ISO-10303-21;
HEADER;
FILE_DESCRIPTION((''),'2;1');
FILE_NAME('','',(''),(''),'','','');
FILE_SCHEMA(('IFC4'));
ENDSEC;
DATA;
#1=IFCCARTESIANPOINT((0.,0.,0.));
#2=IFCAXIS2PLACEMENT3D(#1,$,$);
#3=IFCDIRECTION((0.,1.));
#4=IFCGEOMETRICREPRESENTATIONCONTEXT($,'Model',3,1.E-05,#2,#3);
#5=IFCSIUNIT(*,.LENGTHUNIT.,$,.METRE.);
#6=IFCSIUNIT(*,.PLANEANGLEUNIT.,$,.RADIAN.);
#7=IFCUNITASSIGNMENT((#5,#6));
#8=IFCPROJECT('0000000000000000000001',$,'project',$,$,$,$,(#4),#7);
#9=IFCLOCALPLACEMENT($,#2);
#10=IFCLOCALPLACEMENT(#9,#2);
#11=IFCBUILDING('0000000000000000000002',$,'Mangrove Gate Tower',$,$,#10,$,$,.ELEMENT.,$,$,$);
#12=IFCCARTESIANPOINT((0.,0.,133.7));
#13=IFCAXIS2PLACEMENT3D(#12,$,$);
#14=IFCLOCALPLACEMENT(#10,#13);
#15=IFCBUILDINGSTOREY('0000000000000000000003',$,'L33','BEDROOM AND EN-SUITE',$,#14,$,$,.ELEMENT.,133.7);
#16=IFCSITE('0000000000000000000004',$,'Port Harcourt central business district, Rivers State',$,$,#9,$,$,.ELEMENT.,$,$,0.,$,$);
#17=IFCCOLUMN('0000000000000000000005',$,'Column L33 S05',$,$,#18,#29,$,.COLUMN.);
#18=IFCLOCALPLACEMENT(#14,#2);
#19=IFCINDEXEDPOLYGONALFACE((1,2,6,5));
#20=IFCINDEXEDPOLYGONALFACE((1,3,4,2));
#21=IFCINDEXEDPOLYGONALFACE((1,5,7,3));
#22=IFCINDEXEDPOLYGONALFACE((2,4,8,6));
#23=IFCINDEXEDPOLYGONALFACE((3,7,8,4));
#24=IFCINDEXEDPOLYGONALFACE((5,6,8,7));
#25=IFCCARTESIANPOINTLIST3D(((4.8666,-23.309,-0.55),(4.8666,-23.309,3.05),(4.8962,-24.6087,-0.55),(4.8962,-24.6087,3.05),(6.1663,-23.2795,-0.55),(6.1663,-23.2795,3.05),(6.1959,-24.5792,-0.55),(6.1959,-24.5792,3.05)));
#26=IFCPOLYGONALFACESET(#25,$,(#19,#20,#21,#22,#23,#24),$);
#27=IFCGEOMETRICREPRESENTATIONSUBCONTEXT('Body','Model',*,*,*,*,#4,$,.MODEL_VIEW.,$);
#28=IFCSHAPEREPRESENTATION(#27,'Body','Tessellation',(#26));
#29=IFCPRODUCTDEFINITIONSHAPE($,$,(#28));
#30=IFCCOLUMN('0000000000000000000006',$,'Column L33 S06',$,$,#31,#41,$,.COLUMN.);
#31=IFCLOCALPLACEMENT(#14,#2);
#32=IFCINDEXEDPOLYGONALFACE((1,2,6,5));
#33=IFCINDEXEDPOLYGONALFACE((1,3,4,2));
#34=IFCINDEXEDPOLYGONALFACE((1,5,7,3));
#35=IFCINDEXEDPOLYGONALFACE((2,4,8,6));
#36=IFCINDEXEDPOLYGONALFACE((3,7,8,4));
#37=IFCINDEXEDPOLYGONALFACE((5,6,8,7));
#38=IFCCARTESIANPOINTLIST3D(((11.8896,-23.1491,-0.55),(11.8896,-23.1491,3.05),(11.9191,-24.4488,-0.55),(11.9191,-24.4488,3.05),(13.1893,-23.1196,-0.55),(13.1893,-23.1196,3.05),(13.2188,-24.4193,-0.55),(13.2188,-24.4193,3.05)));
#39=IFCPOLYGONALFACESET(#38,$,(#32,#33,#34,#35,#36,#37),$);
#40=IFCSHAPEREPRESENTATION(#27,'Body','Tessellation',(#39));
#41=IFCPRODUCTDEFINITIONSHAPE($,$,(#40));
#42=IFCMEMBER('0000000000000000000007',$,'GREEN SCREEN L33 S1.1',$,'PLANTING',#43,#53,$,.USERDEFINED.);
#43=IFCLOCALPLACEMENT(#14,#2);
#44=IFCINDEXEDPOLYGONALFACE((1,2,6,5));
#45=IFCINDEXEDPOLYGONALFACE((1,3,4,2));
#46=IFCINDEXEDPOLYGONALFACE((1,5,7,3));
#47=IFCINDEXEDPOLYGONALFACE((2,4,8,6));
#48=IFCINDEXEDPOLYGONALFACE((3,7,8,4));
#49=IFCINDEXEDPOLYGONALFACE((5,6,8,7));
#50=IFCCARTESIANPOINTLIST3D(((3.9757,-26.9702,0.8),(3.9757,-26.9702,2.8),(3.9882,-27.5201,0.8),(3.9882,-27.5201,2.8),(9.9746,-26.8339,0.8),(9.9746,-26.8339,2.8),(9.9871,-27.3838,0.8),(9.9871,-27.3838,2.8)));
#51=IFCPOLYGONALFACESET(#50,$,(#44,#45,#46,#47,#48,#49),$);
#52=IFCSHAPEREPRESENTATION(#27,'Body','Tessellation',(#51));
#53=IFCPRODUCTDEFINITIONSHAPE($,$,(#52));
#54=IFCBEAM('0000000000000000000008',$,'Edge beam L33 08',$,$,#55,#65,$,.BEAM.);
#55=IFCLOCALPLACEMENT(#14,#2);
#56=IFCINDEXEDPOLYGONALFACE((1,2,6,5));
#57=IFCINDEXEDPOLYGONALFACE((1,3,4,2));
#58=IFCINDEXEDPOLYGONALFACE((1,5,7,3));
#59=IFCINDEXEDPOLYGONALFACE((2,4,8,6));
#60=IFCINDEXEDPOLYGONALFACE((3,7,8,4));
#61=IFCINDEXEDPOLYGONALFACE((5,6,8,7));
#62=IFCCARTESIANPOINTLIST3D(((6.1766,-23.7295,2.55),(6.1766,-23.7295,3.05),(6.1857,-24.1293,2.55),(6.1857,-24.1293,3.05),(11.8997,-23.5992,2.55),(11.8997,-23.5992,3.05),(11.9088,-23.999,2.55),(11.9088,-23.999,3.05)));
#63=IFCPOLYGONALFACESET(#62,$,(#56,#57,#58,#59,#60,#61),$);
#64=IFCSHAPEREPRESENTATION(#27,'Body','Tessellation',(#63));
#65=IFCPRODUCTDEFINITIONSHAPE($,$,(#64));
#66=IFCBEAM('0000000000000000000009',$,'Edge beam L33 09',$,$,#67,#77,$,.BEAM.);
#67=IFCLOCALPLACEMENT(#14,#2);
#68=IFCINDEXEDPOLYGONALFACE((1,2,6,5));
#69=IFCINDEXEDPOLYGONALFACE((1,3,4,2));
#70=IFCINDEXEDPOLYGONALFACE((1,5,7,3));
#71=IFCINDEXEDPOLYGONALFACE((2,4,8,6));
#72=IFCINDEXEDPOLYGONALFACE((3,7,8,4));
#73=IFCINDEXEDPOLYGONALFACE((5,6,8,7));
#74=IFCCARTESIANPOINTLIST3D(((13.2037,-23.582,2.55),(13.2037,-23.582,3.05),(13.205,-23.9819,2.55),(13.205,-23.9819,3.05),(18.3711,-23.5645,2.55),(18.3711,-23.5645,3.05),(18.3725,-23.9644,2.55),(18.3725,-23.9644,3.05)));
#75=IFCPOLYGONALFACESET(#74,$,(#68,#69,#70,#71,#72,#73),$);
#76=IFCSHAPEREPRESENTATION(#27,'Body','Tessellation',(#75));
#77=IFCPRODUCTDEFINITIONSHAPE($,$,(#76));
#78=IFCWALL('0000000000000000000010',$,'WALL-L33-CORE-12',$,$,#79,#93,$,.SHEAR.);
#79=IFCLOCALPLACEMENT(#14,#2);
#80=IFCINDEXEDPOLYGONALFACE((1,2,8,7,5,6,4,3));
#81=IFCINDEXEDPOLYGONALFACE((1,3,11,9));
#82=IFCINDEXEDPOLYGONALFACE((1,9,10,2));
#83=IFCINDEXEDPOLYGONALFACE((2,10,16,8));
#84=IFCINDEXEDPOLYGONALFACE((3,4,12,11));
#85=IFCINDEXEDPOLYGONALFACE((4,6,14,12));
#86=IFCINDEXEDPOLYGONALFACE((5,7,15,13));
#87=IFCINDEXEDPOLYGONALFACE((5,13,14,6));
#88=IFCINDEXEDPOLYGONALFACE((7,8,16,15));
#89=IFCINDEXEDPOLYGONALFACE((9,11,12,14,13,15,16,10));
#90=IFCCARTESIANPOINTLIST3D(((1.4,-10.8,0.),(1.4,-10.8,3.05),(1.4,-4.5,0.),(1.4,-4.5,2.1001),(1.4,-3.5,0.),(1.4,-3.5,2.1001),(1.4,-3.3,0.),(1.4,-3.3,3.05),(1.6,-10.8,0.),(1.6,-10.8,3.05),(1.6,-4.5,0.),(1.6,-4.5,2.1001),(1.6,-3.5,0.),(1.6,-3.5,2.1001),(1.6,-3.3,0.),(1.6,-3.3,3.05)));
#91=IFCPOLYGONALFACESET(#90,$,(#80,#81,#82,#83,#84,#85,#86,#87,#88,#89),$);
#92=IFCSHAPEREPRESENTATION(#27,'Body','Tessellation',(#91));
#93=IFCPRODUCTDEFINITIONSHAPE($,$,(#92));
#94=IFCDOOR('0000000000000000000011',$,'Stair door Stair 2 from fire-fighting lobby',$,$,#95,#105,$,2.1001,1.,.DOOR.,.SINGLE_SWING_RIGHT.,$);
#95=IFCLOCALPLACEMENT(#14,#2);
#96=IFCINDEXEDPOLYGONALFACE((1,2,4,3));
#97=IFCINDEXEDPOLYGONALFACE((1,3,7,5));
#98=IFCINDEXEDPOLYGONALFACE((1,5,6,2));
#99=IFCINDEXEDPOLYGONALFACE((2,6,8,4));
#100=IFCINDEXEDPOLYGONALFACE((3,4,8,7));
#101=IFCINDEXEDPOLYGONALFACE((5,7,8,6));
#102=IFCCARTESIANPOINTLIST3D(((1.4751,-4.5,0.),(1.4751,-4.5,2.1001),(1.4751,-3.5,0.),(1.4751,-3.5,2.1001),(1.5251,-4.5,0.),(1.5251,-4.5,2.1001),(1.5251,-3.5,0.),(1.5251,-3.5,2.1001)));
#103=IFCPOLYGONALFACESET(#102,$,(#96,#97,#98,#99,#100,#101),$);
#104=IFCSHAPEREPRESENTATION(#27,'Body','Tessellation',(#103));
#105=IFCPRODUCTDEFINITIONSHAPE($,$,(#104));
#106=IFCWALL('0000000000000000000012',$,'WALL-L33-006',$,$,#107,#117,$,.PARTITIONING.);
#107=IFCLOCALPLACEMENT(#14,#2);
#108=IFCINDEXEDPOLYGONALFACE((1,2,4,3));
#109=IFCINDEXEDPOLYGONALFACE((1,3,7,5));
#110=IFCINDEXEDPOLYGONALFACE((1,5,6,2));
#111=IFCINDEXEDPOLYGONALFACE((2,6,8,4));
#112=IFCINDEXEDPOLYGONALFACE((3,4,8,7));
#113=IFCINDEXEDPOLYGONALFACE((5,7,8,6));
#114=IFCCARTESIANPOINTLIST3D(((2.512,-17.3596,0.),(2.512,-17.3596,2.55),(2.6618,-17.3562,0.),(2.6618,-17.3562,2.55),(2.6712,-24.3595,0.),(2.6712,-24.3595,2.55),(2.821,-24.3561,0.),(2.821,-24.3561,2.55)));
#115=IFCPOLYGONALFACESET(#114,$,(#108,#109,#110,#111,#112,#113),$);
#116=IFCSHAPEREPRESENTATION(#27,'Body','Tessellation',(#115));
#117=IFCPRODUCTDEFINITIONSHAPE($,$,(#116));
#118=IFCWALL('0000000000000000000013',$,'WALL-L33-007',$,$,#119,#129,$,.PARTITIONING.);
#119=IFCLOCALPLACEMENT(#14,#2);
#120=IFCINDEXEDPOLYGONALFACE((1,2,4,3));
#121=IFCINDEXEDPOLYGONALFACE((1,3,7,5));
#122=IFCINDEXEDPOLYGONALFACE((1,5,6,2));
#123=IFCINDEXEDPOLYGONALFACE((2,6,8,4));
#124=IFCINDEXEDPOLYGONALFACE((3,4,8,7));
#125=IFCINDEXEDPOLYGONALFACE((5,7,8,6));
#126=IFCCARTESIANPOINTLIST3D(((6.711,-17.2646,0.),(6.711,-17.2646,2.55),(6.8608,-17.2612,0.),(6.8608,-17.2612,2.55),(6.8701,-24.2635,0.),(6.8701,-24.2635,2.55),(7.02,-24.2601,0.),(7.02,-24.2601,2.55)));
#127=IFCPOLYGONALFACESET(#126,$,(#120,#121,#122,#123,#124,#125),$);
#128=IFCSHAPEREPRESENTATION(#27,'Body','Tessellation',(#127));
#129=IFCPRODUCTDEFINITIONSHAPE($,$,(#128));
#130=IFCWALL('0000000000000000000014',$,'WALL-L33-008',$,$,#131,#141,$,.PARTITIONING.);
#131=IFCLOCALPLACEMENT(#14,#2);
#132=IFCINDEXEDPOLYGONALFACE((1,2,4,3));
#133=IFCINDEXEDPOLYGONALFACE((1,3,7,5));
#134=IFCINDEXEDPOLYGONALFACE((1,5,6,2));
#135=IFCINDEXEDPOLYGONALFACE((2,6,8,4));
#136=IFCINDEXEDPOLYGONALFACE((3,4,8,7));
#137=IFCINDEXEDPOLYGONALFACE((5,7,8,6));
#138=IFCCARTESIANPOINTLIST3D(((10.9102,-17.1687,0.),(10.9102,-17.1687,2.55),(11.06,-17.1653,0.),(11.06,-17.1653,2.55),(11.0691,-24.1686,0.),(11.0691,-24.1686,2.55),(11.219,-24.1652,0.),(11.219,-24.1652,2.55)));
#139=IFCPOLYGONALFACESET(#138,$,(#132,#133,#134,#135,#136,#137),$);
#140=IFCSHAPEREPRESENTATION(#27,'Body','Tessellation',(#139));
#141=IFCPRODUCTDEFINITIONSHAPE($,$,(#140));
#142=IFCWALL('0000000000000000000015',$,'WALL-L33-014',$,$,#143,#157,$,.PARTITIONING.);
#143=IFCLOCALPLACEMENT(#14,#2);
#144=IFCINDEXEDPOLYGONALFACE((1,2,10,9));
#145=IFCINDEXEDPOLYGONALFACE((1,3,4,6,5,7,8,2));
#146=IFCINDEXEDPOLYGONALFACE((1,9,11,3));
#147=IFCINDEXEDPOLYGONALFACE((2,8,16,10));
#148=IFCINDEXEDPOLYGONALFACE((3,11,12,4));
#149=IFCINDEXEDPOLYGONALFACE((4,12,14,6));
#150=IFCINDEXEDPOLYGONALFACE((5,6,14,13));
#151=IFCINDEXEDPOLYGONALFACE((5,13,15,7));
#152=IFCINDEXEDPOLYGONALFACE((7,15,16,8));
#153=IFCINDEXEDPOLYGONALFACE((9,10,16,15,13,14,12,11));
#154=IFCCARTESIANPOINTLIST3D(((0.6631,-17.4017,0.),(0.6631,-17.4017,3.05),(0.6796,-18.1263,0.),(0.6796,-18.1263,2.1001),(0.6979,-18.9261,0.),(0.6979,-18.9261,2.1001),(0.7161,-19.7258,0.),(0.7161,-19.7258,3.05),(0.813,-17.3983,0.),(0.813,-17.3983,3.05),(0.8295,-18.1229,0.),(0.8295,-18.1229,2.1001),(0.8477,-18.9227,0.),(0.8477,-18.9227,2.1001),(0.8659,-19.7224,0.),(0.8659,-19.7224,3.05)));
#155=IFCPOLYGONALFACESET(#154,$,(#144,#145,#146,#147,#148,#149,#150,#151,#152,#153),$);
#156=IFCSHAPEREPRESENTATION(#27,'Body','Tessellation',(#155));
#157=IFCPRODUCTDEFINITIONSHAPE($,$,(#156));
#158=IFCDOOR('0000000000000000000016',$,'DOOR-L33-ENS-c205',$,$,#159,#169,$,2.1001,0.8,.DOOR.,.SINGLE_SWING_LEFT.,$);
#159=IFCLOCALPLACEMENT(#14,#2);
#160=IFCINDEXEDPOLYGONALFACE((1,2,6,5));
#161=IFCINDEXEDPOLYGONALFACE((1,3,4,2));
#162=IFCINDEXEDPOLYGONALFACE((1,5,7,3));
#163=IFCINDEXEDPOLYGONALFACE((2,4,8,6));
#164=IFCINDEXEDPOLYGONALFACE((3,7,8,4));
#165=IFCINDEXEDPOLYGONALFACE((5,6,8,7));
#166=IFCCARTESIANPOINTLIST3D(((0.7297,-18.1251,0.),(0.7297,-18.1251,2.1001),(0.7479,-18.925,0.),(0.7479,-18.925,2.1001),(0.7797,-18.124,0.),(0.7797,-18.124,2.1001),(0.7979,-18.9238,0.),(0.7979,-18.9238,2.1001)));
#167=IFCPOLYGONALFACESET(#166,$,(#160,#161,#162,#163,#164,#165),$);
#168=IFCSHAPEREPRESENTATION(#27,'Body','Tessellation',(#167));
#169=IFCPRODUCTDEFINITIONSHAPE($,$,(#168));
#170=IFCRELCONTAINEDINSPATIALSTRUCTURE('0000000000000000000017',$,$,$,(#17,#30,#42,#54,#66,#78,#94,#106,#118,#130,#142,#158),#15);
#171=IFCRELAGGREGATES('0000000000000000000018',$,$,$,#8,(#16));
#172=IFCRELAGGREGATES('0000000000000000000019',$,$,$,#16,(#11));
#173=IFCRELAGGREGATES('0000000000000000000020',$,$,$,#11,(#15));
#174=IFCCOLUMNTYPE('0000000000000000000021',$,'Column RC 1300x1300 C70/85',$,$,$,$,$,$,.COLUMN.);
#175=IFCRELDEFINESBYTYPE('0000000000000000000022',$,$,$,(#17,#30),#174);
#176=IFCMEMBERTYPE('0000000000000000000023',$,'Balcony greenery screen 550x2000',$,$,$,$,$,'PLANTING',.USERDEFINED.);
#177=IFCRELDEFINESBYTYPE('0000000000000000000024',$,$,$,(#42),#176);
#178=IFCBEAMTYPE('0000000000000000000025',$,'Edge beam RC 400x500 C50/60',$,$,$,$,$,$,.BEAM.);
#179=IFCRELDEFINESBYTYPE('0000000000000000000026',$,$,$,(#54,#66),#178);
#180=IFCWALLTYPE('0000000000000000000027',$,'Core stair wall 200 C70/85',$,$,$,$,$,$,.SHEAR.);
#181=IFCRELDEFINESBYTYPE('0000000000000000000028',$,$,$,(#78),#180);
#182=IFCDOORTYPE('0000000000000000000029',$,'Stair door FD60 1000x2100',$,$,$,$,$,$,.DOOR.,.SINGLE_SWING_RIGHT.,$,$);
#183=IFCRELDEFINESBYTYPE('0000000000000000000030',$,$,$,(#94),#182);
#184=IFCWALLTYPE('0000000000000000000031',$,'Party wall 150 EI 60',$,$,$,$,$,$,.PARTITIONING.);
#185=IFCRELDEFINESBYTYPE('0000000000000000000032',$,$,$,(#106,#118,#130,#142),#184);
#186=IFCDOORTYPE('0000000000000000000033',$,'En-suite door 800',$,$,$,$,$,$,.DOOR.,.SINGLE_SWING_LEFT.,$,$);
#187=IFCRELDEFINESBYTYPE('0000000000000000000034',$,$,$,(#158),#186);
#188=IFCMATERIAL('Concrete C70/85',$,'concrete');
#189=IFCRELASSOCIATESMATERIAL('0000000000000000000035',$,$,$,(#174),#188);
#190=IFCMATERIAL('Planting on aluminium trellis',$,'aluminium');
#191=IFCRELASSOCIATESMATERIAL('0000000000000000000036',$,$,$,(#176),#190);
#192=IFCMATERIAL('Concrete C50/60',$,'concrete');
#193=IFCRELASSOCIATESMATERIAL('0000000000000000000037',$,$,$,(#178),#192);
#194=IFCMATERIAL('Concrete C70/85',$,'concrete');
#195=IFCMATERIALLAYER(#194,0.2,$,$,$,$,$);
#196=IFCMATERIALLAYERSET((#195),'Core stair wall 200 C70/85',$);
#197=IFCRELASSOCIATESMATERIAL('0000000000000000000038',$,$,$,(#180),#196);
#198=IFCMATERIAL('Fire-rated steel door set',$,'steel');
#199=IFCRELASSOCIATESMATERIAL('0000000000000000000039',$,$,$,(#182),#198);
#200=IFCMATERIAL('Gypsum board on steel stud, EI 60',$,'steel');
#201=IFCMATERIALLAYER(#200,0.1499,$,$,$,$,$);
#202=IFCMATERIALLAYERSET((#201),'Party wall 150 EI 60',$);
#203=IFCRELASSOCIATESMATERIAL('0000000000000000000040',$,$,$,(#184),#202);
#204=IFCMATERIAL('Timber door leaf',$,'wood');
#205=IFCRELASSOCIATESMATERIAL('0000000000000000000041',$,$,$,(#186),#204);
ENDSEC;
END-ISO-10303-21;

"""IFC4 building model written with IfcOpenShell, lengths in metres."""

from ifc_helpers import new_model, si_unit, direction, frame, frame_2d, origin, origin_2d, place, context, subcontext, project, spatial, rectangle, extrude, material, layer, layer_set, material_profile, profile_set, type_object, element, fill, save


model = new_model("IFC4")

# Units and contexts
model_context = context("Model", 3, precision=1e-05, world=origin(), true_north=direction((0.0, 1.0)))
body_context = subcontext(model_context, "Body", "Model", "MODEL_VIEW")
ifc_project = project(units=[si_unit("LENGTHUNIT", "METRE"), si_unit("PLANEANGLEUNIT", "RADIAN")], contexts=[model_context])

# Site, building, storey
site_placement = place(None, origin())
site = spatial("IfcSite", under=ifc_project, at=site_placement, Name="Port Harcourt central business district, Rivers State", CompositionType="ELEMENT", RefElevation=0.0)
building_placement = place(site_placement, origin())
building = spatial("IfcBuilding", under=site, at=building_placement, Name="Mangrove Gate Tower", CompositionType="ELEMENT")
storey_placement = place(building_placement, frame((0.0, 0.0, 133.7)))
storey = spatial("IfcBuildingStorey", under=building, at=storey_placement, Name="L33", Description="BEDROOM AND EN-SUITE", CompositionType="ELEMENT", Elevation=133.7)

# Columns
ifc_material_1 = material(Name="Concrete C70/85", Category="concrete")
ifc_material_profile_1 = material_profile(ifc_material_1, rectangle(XDim=1.3, YDim=1.3, at=origin_2d()))
ifc_profile_set_1 = profile_set([ifc_material_profile_1], Name="Concrete C70/85")
column_type = type_object("IfcColumnType", Name="Column RC 1300x1300 C70/85", PredefinedType="COLUMN", material=ifc_profile_set_1)
for number, where, z_axis, x_axis, name in (
    (1, (5.5312, -23.9441, -0.55), (0.0, 0.0, 1.0), (0.999742, 0.022707, 0.0), "Column L33 S05"),
    (2, (12.5542, -23.7842, -0.55), (0.0, 0.0, 1.0), (0.999742, 0.022707, 0.0), "Column L33 S06"),
):
    element("IfcColumn", number, at=place(storey_placement, frame(where, z_axis=z_axis, x_axis=x_axis)), inside=storey, type_object=column_type, Name=name, PredefinedType="COLUMN", context=body_context, shape_type="SweptSolid", body=[
        extrude(rectangle(XDim=1.3, YDim=1.3, at=origin_2d()), origin(), (0.0, 0.0, 1.0), 3.6001),
    ])

# Member
ifc_material_2 = material(Name="Planting on aluminium trellis", Category="aluminium")
ifc_material_profile_2 = material_profile(ifc_material_2, rectangle(XDim=0.55, YDim=2.0, at=origin_2d()))
ifc_profile_set_2 = profile_set([ifc_material_profile_2], Name="Planting on aluminium trellis")
member_type = type_object("IfcMemberType", Name="Balcony greenery screen 550x2000", ElementType="PLANTING", PredefinedType="USERDEFINED", material=ifc_profile_set_2)
member_placement = place(storey_placement, frame((3.9819, -27.2451, 1.8), z_axis=(0.999742, 0.022703, 0.0), x_axis=(-0.022703, 0.999742, 0.0)))
element("IfcMember", 3, at=member_placement, inside=storey, type_object=member_type, Name="GREEN SCREEN L33 S1.1", ObjectType="PLANTING", PredefinedType="USERDEFINED", context=body_context, shape_type="SweptSolid", body=[
    extrude(rectangle(XDim=0.55, YDim=2.0, at=origin_2d()), origin(), (0.0, 0.0, 1.0), 6.0005),
])

# Beams
ifc_material_3 = material(Name="Concrete C50/60", Category="concrete")
ifc_material_profile_3 = material_profile(ifc_material_3, rectangle(XDim=0.3999, YDim=0.5, at=origin_2d()))
ifc_profile_set_3 = profile_set([ifc_material_profile_3], Name="Concrete C50/60")
beam_type = type_object("IfcBeamType", Name="Edge beam RC 400x500 C50/60", PredefinedType="BEAM", material=ifc_profile_set_3)
beam_1_placement = place(storey_placement, frame((6.1812, -23.9294, 2.8), z_axis=(0.999741, 0.022774, 0.0), x_axis=(-0.022774, 0.999741, 0.0)))
element("IfcBeam", 4, at=beam_1_placement, inside=storey, type_object=beam_type, Name="Edge beam L33 08", PredefinedType="BEAM", context=body_context, shape_type="SweptSolid", body=[
    extrude(rectangle(XDim=0.3999, YDim=0.5, at=origin_2d()), origin(), (0.0, 0.0, 1.0), 5.7246),
])
beam_2_placement = place(storey_placement, frame((13.2043, -23.782, 2.8), z_axis=(0.999994, 0.003402, 0.0), x_axis=(-0.003402, 0.999994, 0.0)))
element("IfcBeam", 5, at=beam_2_placement, inside=storey, type_object=beam_type, Name="Edge beam L33 09", PredefinedType="BEAM", context=body_context, shape_type="SweptSolid", body=[
    extrude(rectangle(XDim=0.3999, YDim=0.5, at=origin_2d()), origin(), (0.0, 0.0, 1.0), 5.1675),
])

# Wall, opening, door
ifc_material_4 = material(Name="Concrete C70/85", Category="concrete")
ifc_layer_1 = layer(ifc_material_4, 0.2)
ifc_layer_set_1 = layer_set([ifc_layer_1], Name="Core stair wall 200 C70/85")
wall_type_1 = type_object("IfcWallType", Name="Core stair wall 200 C70/85", PredefinedType="SHEAR", material=ifc_layer_set_1)
wall_1_placement = place(storey_placement, frame((1.5, -10.8, 0.0), z_axis=(0.0, 0.0, 1.0), x_axis=(0.0, 1.0, 0.0)))
wall_1 = element("IfcWall", 6, at=wall_1_placement, inside=storey, type_object=wall_type_1, Name="WALL-L33-CORE-12", PredefinedType="SHEAR", context=body_context, shape_type="SweptSolid", body=[
    extrude(rectangle(XDim=7.5, YDim=0.2, at=frame_2d((3.75, 0.0))), origin(), (0.0, 0.0, 1.0), 3.05),
])
opening_1_placement = place(wall_1_placement, frame((6.3, 0.0, 0.0)))
opening_1 = element("IfcOpeningElement", 7, at=opening_1_placement, cuts=wall_1, PredefinedType="OPENING", context=body_context, shape_type="SweptSolid", body=[
    extrude(rectangle(XDim=1.0, YDim=2.1001, at=frame_2d((0.5, 1.05))), frame((0.0, 0.1099, 0.0), z_axis=(0.0, -1.0, 0.0), x_axis=(1.0, 0.0, 0.0)), (0.0, 0.0, 1.0), 0.22),
])
ifc_material_5 = material(Name="Fire-rated steel door set", Category="steel")
door_type_1 = type_object("IfcDoorType", Name="Stair door FD60 1000x2100", OperationType="SINGLE_SWING_RIGHT", PredefinedType="DOOR", material=ifc_material_5)
door_1_placement = place(opening_1_placement, origin())
door_1 = element("IfcDoor", 8, at=door_1_placement, inside=storey, type_object=door_type_1, Name="Stair door Stair 2 from fire-fighting lobby", OperationType="SINGLE_SWING_RIGHT", OverallHeight=2.1001, OverallWidth=1.0, PredefinedType="DOOR", context=body_context, shape_type="SweptSolid", body=[
    extrude(rectangle(XDim=1.0, YDim=2.1001, at=frame_2d((0.5, 1.05))), frame((0.0, 0.0249, 0.0), z_axis=(0.0, -1.0, 0.0), x_axis=(1.0, 0.0, 0.0)), (0.0, 0.0, 1.0), 0.05),
])
fill(opening_1, door_1)

# Walls
ifc_material_6 = material(Name="Gypsum board on steel stud, EI 60", Category="steel")
ifc_layer_2 = layer(ifc_material_6, 0.1499)
ifc_layer_set_2 = layer_set([ifc_layer_2], Name="Party wall 150 EI 60")
wall_type_2 = type_object("IfcWallType", Name="Party wall 150 EI 60", PredefinedType="PARTITIONING", material=ifc_layer_set_2)
wall_2_placement = place(storey_placement, frame((2.7461, -24.3579, 0.0), z_axis=(0.0, 0.0, 1.0), x_axis=(-0.022734, 0.999742, 0.0)))
element("IfcWall", 9, at=wall_2_placement, inside=storey, type_object=wall_type_2, Name="WALL-L33-006", PredefinedType="PARTITIONING", context=body_context, shape_type="SweptSolid", body=[
    extrude(rectangle(XDim=7.0017, YDim=0.1499, at=frame_2d((3.501, 0.0))), origin(), (0.0, 0.0, 1.0), 2.55),
])
wall_3_placement = place(storey_placement, frame((6.9451, -24.262, 0.0), z_axis=(0.0, 0.0, 1.0), x_axis=(-0.022737, 0.999741, 0.0)))
element("IfcWall", 10, at=wall_3_placement, inside=storey, type_object=wall_type_2, Name="WALL-L33-007", PredefinedType="PARTITIONING", context=body_context, shape_type="SweptSolid", body=[
    extrude(rectangle(XDim=7.0007, YDim=0.1499, at=frame_2d((3.5005, 0.0))), origin(), (0.0, 0.0, 1.0), 2.55),
])
wall_4_placement = place(storey_placement, frame((11.144, -24.167, 0.0), z_axis=(0.0, 0.0, 1.0), x_axis=(-0.022699, 0.999742, 0.0)))
element("IfcWall", 11, at=wall_4_placement, inside=storey, type_object=wall_type_2, Name="WALL-L33-008", PredefinedType="PARTITIONING", context=body_context, shape_type="SweptSolid", body=[
    extrude(rectangle(XDim=7.0017, YDim=0.1499, at=frame_2d((3.501, 0.0))), origin(), (0.0, 0.0, 1.0), 2.55),
])

# Wall, opening, door
wall_5_placement = place(storey_placement, frame((0.791, -19.7241, 0.0), z_axis=(0.0, 0.0, 1.0), x_axis=(-0.022788, 0.99974, 0.0)))
wall_5 = element("IfcWall", 12, at=wall_5_placement, inside=storey, type_object=wall_type_2, Name="WALL-L33-014", PredefinedType="PARTITIONING", context=body_context, shape_type="SweptSolid", body=[
    extrude(rectangle(XDim=2.3247, YDim=0.1499, at=frame_2d((1.1624, 0.0))), origin(), (0.0, 0.0, 1.0), 3.05),
])
opening_2_placement = place(wall_5_placement, frame((0.8, 0.0, 0.0)))
opening_2 = element("IfcOpeningElement", 13, at=opening_2_placement, cuts=wall_5, PredefinedType="OPENING", context=body_context, shape_type="SweptSolid", body=[
    extrude(rectangle(XDim=0.8, YDim=2.1001, at=frame_2d((0.3999, 1.05))), frame((0.0, 0.085, 0.0), z_axis=(0.0, -1.0, 0.0), x_axis=(1.0, 0.0, 0.0)), (0.0, 0.0, 1.0), 0.1699),
])
ifc_material_7 = material(Name="Timber door leaf", Category="wood")
door_type_2 = type_object("IfcDoorType", Name="En-suite door 800", OperationType="SINGLE_SWING_LEFT", PredefinedType="DOOR", material=ifc_material_7)
door_2_placement = place(opening_2_placement, origin())
door_2 = element("IfcDoor", 14, at=door_2_placement, inside=storey, type_object=door_type_2, Name="DOOR-L33-ENS-c205", OperationType="SINGLE_SWING_LEFT", OverallHeight=2.1001, OverallWidth=0.8, PredefinedType="DOOR", context=body_context, shape_type="SweptSolid", body=[
    extrude(rectangle(XDim=0.8, YDim=2.1001, at=frame_2d((0.3999, 1.05))), frame((0.0, 0.0249, 0.0), z_axis=(0.0, -1.0, 0.0), x_axis=(1.0, 0.0, 0.0)), (0.0, 0.0, 1.0), 0.05),
])
fill(opening_2, door_2)

save(model, "model.ifc")
